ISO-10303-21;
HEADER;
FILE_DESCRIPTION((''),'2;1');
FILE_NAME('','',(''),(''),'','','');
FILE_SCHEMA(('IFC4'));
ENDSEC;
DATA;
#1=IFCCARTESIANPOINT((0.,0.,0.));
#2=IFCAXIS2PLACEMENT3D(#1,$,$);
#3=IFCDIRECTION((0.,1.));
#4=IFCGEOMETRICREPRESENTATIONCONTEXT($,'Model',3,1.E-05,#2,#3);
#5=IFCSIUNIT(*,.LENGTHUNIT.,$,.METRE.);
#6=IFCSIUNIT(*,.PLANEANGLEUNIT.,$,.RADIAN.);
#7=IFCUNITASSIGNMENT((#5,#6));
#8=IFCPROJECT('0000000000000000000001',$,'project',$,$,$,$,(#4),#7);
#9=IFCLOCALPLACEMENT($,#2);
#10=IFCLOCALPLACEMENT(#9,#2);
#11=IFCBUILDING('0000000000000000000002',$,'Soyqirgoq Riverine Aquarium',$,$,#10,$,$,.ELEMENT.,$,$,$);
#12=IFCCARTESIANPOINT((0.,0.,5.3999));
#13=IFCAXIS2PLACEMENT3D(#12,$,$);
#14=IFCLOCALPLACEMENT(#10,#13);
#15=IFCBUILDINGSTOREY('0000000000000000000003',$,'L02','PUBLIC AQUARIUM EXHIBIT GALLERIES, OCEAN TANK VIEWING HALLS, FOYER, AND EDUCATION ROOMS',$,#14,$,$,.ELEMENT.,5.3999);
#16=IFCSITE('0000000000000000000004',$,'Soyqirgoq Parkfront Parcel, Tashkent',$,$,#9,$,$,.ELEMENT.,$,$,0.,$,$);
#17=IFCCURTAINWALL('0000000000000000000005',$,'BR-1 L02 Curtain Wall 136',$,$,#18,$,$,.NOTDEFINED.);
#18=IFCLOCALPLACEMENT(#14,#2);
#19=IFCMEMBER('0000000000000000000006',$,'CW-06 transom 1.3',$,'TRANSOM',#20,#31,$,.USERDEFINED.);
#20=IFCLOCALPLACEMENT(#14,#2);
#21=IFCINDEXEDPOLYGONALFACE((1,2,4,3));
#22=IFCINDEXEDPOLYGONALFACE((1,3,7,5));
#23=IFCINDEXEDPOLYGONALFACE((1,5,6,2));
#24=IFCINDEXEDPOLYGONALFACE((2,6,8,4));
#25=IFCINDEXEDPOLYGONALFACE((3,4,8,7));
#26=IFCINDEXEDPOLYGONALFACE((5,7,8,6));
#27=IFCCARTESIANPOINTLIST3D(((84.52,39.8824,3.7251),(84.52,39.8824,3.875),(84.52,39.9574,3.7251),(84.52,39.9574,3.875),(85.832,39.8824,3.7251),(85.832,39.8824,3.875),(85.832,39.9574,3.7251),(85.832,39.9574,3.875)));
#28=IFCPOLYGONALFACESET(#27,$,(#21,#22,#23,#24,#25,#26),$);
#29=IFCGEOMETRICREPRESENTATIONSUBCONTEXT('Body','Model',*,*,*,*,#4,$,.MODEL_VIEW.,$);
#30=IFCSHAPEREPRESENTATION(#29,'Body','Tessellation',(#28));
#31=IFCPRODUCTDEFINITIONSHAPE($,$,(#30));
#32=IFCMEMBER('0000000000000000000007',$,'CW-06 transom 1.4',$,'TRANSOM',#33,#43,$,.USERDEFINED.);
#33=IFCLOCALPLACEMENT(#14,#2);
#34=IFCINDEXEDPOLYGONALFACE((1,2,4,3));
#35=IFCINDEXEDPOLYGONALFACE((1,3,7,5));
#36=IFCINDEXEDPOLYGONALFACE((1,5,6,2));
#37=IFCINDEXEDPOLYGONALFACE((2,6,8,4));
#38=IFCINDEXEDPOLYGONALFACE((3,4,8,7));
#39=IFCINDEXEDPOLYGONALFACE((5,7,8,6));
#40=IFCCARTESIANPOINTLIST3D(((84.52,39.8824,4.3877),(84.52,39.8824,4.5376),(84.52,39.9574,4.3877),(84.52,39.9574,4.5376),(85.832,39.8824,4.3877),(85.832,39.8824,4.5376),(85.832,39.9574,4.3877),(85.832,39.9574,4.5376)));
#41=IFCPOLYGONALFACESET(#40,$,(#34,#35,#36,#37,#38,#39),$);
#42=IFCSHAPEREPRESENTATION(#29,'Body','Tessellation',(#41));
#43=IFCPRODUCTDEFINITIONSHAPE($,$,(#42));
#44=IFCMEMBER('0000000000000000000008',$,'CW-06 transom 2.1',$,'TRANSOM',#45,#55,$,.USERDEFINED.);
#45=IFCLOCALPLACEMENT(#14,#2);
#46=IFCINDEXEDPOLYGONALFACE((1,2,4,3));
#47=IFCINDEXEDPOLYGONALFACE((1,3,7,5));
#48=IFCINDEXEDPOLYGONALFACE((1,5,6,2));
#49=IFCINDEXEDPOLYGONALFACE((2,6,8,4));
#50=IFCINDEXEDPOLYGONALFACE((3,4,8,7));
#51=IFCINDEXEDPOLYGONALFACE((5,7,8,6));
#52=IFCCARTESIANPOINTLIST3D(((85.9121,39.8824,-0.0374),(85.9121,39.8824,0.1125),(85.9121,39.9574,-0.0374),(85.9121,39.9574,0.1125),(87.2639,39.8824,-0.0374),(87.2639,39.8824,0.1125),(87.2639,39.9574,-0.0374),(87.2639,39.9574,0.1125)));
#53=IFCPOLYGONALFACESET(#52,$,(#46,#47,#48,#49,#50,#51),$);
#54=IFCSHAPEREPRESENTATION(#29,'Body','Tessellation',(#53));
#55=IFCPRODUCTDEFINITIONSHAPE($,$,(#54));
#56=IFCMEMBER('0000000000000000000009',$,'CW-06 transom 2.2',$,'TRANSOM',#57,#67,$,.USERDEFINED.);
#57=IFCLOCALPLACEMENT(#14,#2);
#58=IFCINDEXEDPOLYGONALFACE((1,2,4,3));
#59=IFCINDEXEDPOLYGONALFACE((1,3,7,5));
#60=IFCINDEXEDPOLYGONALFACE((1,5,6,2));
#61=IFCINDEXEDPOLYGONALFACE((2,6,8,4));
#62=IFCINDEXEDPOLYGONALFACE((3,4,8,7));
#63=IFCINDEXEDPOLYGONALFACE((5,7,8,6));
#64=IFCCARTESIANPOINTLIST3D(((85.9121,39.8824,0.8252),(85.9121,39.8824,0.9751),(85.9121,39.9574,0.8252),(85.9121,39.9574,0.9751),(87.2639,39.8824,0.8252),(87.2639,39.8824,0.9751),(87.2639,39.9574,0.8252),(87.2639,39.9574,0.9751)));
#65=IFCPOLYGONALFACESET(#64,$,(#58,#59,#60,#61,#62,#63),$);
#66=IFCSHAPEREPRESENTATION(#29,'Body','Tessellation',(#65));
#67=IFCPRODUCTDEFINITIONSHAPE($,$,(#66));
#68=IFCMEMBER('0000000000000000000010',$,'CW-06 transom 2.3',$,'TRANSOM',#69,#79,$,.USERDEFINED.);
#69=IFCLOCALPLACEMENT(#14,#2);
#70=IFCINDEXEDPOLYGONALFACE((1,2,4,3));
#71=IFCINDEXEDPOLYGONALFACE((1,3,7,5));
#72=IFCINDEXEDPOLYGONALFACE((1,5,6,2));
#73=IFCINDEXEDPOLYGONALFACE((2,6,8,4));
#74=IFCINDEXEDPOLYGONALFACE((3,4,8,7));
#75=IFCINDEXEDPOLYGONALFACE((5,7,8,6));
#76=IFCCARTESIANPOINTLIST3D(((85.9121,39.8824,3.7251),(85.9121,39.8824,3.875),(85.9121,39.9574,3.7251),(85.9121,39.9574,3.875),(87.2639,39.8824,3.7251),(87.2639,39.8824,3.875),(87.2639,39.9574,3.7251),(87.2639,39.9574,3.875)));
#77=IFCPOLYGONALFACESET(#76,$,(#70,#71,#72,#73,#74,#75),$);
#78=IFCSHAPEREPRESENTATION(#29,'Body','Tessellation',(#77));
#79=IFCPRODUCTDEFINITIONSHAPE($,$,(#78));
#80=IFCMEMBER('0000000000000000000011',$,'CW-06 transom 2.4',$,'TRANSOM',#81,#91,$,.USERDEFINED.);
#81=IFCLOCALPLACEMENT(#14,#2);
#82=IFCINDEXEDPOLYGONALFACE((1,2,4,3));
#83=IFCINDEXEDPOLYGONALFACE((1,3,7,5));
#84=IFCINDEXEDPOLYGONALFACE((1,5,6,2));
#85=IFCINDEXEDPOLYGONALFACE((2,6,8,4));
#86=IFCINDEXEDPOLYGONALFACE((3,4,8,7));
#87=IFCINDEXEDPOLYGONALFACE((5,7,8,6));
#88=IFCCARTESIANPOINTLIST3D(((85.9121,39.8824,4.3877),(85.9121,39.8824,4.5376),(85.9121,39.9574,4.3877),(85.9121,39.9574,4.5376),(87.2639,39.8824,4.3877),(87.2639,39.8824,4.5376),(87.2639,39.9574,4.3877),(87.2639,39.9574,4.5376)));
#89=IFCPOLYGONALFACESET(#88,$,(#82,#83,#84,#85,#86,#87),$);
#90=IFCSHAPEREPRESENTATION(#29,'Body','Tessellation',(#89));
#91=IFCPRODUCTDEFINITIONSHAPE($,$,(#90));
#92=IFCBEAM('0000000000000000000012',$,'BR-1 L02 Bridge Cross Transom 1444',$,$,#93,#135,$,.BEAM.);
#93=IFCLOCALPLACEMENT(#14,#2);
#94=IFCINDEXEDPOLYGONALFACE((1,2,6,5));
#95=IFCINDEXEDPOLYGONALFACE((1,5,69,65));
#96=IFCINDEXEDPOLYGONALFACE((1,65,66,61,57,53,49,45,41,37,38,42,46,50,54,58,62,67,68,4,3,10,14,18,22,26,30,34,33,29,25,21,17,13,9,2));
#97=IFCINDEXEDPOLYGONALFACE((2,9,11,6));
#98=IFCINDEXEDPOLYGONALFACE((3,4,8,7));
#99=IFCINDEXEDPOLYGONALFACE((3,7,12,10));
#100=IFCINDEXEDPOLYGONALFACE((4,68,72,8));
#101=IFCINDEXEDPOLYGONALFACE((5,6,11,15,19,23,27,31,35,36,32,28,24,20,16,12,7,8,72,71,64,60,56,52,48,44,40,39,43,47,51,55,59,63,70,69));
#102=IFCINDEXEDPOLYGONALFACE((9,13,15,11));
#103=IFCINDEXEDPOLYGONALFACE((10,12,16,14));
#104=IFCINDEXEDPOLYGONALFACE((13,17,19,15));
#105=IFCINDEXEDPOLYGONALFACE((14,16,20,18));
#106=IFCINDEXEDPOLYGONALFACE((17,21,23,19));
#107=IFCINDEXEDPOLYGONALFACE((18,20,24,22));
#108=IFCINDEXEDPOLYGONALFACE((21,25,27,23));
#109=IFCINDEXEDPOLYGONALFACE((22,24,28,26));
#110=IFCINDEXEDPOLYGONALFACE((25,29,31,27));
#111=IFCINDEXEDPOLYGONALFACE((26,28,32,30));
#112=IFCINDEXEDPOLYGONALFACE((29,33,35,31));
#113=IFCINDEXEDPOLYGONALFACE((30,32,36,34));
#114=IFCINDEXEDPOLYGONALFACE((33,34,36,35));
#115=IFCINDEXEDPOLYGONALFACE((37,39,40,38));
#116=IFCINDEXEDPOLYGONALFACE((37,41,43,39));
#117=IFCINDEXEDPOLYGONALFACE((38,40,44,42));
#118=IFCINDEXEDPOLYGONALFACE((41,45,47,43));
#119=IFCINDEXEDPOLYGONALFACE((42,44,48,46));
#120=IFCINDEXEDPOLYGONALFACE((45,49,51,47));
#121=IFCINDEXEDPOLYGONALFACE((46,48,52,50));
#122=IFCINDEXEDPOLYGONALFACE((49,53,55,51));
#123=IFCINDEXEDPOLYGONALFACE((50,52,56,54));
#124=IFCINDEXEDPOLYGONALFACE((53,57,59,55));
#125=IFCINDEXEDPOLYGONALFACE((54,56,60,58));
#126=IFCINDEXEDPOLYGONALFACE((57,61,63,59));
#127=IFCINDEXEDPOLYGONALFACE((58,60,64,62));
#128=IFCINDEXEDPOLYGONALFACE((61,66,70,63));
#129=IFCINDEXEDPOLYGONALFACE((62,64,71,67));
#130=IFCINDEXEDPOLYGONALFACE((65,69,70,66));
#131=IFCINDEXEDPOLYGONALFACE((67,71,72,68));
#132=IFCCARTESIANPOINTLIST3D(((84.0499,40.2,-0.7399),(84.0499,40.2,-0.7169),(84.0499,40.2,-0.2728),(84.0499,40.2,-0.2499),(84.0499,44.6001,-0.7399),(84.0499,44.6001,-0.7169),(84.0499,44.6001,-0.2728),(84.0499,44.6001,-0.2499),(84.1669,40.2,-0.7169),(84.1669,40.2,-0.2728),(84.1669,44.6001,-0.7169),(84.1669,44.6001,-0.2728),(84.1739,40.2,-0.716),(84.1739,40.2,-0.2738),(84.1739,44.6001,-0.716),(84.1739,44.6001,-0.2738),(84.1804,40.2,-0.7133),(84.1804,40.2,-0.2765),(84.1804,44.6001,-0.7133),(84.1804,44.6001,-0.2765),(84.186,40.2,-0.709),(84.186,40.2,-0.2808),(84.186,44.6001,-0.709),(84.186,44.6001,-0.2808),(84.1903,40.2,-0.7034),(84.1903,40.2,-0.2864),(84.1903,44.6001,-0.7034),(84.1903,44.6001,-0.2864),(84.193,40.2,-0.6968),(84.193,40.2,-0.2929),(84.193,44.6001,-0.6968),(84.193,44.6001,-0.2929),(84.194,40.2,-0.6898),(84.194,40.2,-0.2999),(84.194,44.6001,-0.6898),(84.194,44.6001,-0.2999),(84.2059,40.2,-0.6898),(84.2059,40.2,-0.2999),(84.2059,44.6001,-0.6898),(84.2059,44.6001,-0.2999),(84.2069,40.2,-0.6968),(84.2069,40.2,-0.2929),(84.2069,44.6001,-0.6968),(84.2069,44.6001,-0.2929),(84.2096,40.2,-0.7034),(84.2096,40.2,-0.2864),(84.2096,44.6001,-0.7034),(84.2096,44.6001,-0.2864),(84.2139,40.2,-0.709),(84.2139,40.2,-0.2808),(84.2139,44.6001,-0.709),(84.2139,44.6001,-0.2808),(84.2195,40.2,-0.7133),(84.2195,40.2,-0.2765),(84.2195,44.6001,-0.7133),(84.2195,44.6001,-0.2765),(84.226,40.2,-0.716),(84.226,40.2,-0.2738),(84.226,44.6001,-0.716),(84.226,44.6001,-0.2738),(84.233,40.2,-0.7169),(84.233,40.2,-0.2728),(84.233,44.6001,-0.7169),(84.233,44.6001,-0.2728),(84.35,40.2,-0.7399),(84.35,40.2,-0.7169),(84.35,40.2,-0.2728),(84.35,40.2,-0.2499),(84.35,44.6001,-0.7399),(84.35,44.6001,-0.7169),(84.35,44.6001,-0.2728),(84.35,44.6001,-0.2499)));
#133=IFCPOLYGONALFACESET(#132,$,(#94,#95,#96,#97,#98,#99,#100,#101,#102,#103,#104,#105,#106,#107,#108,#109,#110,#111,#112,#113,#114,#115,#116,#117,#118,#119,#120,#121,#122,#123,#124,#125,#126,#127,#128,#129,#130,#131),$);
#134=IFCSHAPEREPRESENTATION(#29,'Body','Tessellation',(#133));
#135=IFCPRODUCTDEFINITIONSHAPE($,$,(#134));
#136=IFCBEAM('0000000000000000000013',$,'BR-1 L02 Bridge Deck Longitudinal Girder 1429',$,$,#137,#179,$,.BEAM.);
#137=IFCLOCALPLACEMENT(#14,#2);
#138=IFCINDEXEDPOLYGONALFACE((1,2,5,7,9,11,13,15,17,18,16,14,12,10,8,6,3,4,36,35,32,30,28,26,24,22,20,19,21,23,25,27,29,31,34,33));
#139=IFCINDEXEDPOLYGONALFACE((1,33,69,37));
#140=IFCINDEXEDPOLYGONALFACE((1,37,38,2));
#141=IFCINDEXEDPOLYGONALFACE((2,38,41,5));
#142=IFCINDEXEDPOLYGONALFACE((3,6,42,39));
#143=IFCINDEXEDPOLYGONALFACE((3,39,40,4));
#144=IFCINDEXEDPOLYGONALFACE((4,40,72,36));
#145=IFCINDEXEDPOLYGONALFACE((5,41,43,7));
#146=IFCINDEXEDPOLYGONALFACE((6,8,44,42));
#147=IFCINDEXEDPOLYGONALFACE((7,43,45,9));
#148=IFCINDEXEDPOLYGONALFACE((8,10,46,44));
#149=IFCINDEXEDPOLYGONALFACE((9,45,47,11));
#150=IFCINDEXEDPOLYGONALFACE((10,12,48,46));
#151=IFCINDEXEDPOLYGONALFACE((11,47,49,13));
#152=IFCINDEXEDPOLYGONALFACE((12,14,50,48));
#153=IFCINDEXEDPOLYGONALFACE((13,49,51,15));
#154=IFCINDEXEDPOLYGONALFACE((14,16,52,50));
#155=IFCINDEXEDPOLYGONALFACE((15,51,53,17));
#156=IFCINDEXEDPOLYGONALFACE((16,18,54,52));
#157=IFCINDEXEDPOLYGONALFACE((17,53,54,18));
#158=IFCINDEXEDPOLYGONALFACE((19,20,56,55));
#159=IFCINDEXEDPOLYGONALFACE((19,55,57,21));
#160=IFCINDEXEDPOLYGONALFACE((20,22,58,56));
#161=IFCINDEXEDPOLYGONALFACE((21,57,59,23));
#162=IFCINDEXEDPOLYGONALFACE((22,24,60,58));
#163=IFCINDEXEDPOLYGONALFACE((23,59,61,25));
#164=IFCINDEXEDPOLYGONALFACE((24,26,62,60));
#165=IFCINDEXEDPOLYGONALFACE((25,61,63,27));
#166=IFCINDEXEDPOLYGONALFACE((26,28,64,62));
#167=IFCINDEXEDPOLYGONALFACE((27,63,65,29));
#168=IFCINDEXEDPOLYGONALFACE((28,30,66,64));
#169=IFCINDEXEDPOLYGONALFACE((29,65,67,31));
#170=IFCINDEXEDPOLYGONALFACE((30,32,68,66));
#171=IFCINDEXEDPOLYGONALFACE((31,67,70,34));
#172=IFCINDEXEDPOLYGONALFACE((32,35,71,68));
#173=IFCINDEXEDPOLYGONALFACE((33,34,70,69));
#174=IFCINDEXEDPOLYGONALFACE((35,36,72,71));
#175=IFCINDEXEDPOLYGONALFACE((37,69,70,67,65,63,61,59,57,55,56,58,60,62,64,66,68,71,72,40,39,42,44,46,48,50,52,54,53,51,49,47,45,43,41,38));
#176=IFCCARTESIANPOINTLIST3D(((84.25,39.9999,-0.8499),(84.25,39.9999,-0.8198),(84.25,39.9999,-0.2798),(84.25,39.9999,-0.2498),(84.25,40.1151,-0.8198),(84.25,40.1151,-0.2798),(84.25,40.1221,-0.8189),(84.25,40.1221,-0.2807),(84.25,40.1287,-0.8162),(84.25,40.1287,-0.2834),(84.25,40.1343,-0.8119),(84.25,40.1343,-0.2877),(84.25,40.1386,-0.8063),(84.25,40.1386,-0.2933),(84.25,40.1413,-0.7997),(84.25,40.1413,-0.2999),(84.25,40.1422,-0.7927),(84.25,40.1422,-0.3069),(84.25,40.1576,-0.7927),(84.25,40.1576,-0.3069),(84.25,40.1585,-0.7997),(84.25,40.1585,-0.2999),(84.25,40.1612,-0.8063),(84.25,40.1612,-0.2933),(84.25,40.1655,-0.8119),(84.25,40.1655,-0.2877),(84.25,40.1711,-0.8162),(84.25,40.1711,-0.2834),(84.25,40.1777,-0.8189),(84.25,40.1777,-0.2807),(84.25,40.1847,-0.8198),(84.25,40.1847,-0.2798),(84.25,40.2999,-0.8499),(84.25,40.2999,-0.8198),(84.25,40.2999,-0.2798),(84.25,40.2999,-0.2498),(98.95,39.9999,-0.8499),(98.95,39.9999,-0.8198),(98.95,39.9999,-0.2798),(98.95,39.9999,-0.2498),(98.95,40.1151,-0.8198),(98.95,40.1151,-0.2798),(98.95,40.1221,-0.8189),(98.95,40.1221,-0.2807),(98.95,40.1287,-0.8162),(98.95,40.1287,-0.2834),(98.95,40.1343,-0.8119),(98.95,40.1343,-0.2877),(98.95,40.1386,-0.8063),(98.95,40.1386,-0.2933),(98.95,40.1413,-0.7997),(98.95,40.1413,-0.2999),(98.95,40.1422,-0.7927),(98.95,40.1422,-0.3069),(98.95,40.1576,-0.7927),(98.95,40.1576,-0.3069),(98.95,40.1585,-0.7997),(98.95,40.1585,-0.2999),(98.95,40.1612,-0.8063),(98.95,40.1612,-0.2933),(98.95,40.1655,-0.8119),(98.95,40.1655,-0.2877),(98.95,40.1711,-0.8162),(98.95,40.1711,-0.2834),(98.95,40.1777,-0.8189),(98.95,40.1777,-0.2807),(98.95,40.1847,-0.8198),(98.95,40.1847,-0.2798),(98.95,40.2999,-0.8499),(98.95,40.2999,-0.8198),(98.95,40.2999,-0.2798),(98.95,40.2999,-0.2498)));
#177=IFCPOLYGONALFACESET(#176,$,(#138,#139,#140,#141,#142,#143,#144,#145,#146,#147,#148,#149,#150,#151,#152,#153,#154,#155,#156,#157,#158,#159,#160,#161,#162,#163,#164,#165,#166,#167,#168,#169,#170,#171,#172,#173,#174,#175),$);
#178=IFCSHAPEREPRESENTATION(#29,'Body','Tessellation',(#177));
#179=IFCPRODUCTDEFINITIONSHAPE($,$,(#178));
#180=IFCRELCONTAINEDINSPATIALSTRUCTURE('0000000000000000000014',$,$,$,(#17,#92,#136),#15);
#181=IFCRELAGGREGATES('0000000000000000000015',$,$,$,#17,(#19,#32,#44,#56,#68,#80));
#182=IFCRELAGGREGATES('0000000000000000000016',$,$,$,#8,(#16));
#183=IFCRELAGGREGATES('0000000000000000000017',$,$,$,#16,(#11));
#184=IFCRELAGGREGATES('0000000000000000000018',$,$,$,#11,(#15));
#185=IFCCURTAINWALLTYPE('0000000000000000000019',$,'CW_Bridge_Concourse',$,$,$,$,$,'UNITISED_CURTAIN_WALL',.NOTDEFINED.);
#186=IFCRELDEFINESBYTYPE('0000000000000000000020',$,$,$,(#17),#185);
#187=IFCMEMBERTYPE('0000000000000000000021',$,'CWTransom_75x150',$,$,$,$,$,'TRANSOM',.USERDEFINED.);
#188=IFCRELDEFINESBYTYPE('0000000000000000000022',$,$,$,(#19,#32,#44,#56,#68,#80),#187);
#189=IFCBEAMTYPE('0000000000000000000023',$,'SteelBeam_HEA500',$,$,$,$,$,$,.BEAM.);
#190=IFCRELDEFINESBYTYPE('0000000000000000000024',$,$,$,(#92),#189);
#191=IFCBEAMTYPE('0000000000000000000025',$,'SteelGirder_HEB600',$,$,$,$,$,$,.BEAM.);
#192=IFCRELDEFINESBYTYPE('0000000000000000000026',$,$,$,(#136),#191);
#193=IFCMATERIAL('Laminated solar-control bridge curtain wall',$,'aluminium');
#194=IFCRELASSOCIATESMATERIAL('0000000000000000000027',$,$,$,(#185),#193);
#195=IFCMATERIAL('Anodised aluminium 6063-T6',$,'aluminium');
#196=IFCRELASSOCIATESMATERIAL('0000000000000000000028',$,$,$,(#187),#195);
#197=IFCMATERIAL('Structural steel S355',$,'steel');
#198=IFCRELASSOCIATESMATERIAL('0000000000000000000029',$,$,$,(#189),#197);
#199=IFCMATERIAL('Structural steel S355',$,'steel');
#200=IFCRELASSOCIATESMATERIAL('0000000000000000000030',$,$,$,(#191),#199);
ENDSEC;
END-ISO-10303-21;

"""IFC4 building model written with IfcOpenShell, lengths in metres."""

from ifc_helpers import new_model, si_unit, direction, frame, origin, origin_2d, place, context, subcontext, project, spatial, rectangle, i_section, extrude, material, material_profile, profile_set, type_object, element, aggregate, save


model = new_model("IFC4")

# Units and contexts
model_context = context("Model", 3, precision=1e-05, world=origin(), true_north=direction((0.0, 1.0)))
body_context = subcontext(model_context, "Body", "Model", "MODEL_VIEW")
ifc_project = project(units=[si_unit("LENGTHUNIT", "METRE"), si_unit("PLANEANGLEUNIT", "RADIAN")], contexts=[model_context])

# Site, building, storey
site_placement = place(None, origin())
site = spatial("IfcSite", under=ifc_project, at=site_placement, Name="Soyqirgoq Parkfront Parcel, Tashkent", CompositionType="ELEMENT", RefElevation=0.0)
building_placement = place(site_placement, origin())
building = spatial("IfcBuilding", under=site, at=building_placement, Name="Soyqirgoq Riverine Aquarium", CompositionType="ELEMENT")
storey_placement = place(building_placement, frame((0.0, 0.0, 5.3999)))
storey = spatial("IfcBuildingStorey", under=building, at=storey_placement, Name="L02", Description="PUBLIC AQUARIUM EXHIBIT GALLERIES, OCEAN TANK VIEWING HALLS, FOYER, AND EDUCATION ROOMS", CompositionType="ELEMENT", Elevation=5.3999)

# Shared definitions
ifc_material_1 = material(Name="Laminated solar-control bridge curtain wall", Category="aluminium")
curtain_wall_type = type_object("IfcCurtainWallType", Name="CW_Bridge_Concourse", ElementType="UNITISED_CURTAIN_WALL", PredefinedType="NOTDEFINED", material=ifc_material_1)

# Curtain wall, members
curtain_wall_1_placement = place(storey_placement, origin())
curtain_wall_1 = element("IfcCurtainWall", 1, at=curtain_wall_1_placement, inside=storey, type_object=curtain_wall_type, Name="BR-1 L02 Curtain Wall 136", PredefinedType="NOTDEFINED")
ifc_material_2 = material(Name="Anodised aluminium 6063-T6", Category="aluminium")
ifc_material_profile_1 = material_profile(ifc_material_2, rectangle(XDim=0.075, YDim=0.1499, at=origin_2d()), Name="ALU-T 75x150")
ifc_profile_set_1 = profile_set([ifc_material_profile_1], Name="Anodised aluminium 6063-T6")
member_type_1 = type_object("IfcMemberType", Name="CWTransom_75x150", ElementType="TRANSOM", PredefinedType="USERDEFINED", material=ifc_profile_set_1)
member_1_placement = place(storey_placement, frame((84.52, 39.9199, 3.8), z_axis=(1.0, 0.0, 0.0), x_axis=(0.0, 1.0, 0.0)))
member_1 = element("IfcMember", 2, at=member_1_placement, type_object=member_type_1, Name="CW-06 transom 1.3", ObjectType="TRANSOM", PredefinedType="USERDEFINED", context=body_context, shape_type="SweptSolid", body=[
    extrude(rectangle(XDim=0.075, YDim=0.1499, at=origin_2d()), origin(), (0.0, 0.0, 1.0), 1.312),
])
member_2_placement = place(storey_placement, frame((84.52, 39.9199, 4.4626), z_axis=(1.0, 0.0, 0.0), x_axis=(0.0, 1.0, 0.0)))
member_2 = element("IfcMember", 3, at=member_2_placement, type_object=member_type_1, Name="CW-06 transom 1.4", ObjectType="TRANSOM", PredefinedType="USERDEFINED", context=body_context, shape_type="SweptSolid", body=[
    extrude(rectangle(XDim=0.075, YDim=0.1499, at=origin_2d()), origin(), (0.0, 0.0, 1.0), 1.312),
])
member_3_placement = place(storey_placement, frame((85.9121, 39.9199, 0.0376), z_axis=(1.0, 0.0, 0.0), x_axis=(0.0, 1.0, 0.0)))
member_3 = element("IfcMember", 4, at=member_3_placement, type_object=member_type_1, Name="CW-06 transom 2.1", ObjectType="TRANSOM", PredefinedType="USERDEFINED", context=body_context, shape_type="SweptSolid", body=[
    extrude(rectangle(XDim=0.075, YDim=0.1499, at=origin_2d()), origin(), (0.0, 0.0, 1.0), 1.3518),
])
member_4_placement = place(storey_placement, frame((85.9121, 39.9199, 0.9001), z_axis=(1.0, 0.0, 0.0), x_axis=(0.0, 1.0, 0.0)))
member_4 = element("IfcMember", 5, at=member_4_placement, type_object=member_type_1, Name="CW-06 transom 2.2", ObjectType="TRANSOM", PredefinedType="USERDEFINED", context=body_context, shape_type="SweptSolid", body=[
    extrude(rectangle(XDim=0.075, YDim=0.1499, at=origin_2d()), origin(), (0.0, 0.0, 1.0), 1.3518),
])
member_5_placement = place(storey_placement, frame((85.9121, 39.9199, 3.8), z_axis=(1.0, 0.0, 0.0), x_axis=(0.0, 1.0, 0.0)))
member_5 = element("IfcMember", 6, at=member_5_placement, type_object=member_type_1, Name="CW-06 transom 2.3", ObjectType="TRANSOM", PredefinedType="USERDEFINED", context=body_context, shape_type="SweptSolid", body=[
    extrude(rectangle(XDim=0.075, YDim=0.1499, at=origin_2d()), origin(), (0.0, 0.0, 1.0), 1.3518),
])
member_6_placement = place(storey_placement, frame((85.9121, 39.9199, 4.4626), z_axis=(1.0, 0.0, 0.0), x_axis=(0.0, 1.0, 0.0)))
member_6 = element("IfcMember", 7, at=member_6_placement, type_object=member_type_1, Name="CW-06 transom 2.4", ObjectType="TRANSOM", PredefinedType="USERDEFINED", context=body_context, shape_type="SweptSolid", body=[
    extrude(rectangle(XDim=0.075, YDim=0.1499, at=origin_2d()), origin(), (0.0, 0.0, 1.0), 1.3518),
])

# Beams
ifc_material_3 = material(Name="Structural steel S355", Category="steel")
ifc_material_profile_2 = material_profile(ifc_material_3, i_section(OverallWidth=0.3, OverallDepth=0.49, WebThickness=0.012, FlangeThickness=0.0229, FilletRadius=0.0271, at=origin_2d()), Name="HEA 500")
ifc_profile_set_2 = profile_set([ifc_material_profile_2], Name="Structural steel S355")
beam_type_1 = type_object("IfcBeamType", Name="SteelBeam_HEA500", PredefinedType="BEAM", material=ifc_profile_set_2)
beam_placement = place(storey_placement, frame((84.2, 40.2, -0.4949), z_axis=(0.0, 1.0, 0.0), x_axis=(-1.0, 0.0, 0.0)))
element("IfcBeam", 8, at=beam_placement, inside=storey, type_object=beam_type_1, Name="BR-1 L02 Bridge Cross Transom 1444", PredefinedType="BEAM", context=body_context, shape_type="SweptSolid", body=[
    extrude(i_section(OverallWidth=0.3, OverallDepth=0.49, WebThickness=0.012, FlangeThickness=0.0229, FilletRadius=0.0271, at=origin_2d()), origin(), (0.0, 0.0, 1.0), 4.4001),
])
ifc_material_4 = material(Name="Structural steel S355", Category="steel")
ifc_material_profile_3 = material_profile(ifc_material_4, i_section(OverallWidth=0.3, OverallDepth=0.6001, WebThickness=0.0154, FlangeThickness=0.03, FilletRadius=0.0271, at=origin_2d()), Name="HEB 600")
ifc_profile_set_3 = profile_set([ifc_material_profile_3], Name="Structural steel S355")
beam_type_2 = type_object("IfcBeamType", Name="SteelGirder_HEB600", PredefinedType="BEAM", material=ifc_profile_set_3)
for number, where, z_axis, x_axis, name in (
    (9, (84.25, 40.1499, -0.5498), (1.0, 0.0, 0.0), (0.0, 1.0, 0.0), "BR-1 L02 Bridge Deck Longitudinal Girder 1429"),
):
    element("IfcBeam", number, at=place(storey_placement, frame(where, z_axis=z_axis, x_axis=x_axis)), inside=storey, type_object=beam_type_2, Name=name, PredefinedType="BEAM", context=body_context, shape_type="SweptSolid", body=[
        extrude(i_section(OverallWidth=0.3, OverallDepth=0.6001, WebThickness=0.0154, FlangeThickness=0.03, FilletRadius=0.0271, at=origin_2d()), origin(), (0.0, 0.0, 1.0), 14.7),
    ])

aggregate(curtain_wall_1, [member_1, member_2, member_3, member_4, member_5, member_6])

save(model, "model.ifc")
